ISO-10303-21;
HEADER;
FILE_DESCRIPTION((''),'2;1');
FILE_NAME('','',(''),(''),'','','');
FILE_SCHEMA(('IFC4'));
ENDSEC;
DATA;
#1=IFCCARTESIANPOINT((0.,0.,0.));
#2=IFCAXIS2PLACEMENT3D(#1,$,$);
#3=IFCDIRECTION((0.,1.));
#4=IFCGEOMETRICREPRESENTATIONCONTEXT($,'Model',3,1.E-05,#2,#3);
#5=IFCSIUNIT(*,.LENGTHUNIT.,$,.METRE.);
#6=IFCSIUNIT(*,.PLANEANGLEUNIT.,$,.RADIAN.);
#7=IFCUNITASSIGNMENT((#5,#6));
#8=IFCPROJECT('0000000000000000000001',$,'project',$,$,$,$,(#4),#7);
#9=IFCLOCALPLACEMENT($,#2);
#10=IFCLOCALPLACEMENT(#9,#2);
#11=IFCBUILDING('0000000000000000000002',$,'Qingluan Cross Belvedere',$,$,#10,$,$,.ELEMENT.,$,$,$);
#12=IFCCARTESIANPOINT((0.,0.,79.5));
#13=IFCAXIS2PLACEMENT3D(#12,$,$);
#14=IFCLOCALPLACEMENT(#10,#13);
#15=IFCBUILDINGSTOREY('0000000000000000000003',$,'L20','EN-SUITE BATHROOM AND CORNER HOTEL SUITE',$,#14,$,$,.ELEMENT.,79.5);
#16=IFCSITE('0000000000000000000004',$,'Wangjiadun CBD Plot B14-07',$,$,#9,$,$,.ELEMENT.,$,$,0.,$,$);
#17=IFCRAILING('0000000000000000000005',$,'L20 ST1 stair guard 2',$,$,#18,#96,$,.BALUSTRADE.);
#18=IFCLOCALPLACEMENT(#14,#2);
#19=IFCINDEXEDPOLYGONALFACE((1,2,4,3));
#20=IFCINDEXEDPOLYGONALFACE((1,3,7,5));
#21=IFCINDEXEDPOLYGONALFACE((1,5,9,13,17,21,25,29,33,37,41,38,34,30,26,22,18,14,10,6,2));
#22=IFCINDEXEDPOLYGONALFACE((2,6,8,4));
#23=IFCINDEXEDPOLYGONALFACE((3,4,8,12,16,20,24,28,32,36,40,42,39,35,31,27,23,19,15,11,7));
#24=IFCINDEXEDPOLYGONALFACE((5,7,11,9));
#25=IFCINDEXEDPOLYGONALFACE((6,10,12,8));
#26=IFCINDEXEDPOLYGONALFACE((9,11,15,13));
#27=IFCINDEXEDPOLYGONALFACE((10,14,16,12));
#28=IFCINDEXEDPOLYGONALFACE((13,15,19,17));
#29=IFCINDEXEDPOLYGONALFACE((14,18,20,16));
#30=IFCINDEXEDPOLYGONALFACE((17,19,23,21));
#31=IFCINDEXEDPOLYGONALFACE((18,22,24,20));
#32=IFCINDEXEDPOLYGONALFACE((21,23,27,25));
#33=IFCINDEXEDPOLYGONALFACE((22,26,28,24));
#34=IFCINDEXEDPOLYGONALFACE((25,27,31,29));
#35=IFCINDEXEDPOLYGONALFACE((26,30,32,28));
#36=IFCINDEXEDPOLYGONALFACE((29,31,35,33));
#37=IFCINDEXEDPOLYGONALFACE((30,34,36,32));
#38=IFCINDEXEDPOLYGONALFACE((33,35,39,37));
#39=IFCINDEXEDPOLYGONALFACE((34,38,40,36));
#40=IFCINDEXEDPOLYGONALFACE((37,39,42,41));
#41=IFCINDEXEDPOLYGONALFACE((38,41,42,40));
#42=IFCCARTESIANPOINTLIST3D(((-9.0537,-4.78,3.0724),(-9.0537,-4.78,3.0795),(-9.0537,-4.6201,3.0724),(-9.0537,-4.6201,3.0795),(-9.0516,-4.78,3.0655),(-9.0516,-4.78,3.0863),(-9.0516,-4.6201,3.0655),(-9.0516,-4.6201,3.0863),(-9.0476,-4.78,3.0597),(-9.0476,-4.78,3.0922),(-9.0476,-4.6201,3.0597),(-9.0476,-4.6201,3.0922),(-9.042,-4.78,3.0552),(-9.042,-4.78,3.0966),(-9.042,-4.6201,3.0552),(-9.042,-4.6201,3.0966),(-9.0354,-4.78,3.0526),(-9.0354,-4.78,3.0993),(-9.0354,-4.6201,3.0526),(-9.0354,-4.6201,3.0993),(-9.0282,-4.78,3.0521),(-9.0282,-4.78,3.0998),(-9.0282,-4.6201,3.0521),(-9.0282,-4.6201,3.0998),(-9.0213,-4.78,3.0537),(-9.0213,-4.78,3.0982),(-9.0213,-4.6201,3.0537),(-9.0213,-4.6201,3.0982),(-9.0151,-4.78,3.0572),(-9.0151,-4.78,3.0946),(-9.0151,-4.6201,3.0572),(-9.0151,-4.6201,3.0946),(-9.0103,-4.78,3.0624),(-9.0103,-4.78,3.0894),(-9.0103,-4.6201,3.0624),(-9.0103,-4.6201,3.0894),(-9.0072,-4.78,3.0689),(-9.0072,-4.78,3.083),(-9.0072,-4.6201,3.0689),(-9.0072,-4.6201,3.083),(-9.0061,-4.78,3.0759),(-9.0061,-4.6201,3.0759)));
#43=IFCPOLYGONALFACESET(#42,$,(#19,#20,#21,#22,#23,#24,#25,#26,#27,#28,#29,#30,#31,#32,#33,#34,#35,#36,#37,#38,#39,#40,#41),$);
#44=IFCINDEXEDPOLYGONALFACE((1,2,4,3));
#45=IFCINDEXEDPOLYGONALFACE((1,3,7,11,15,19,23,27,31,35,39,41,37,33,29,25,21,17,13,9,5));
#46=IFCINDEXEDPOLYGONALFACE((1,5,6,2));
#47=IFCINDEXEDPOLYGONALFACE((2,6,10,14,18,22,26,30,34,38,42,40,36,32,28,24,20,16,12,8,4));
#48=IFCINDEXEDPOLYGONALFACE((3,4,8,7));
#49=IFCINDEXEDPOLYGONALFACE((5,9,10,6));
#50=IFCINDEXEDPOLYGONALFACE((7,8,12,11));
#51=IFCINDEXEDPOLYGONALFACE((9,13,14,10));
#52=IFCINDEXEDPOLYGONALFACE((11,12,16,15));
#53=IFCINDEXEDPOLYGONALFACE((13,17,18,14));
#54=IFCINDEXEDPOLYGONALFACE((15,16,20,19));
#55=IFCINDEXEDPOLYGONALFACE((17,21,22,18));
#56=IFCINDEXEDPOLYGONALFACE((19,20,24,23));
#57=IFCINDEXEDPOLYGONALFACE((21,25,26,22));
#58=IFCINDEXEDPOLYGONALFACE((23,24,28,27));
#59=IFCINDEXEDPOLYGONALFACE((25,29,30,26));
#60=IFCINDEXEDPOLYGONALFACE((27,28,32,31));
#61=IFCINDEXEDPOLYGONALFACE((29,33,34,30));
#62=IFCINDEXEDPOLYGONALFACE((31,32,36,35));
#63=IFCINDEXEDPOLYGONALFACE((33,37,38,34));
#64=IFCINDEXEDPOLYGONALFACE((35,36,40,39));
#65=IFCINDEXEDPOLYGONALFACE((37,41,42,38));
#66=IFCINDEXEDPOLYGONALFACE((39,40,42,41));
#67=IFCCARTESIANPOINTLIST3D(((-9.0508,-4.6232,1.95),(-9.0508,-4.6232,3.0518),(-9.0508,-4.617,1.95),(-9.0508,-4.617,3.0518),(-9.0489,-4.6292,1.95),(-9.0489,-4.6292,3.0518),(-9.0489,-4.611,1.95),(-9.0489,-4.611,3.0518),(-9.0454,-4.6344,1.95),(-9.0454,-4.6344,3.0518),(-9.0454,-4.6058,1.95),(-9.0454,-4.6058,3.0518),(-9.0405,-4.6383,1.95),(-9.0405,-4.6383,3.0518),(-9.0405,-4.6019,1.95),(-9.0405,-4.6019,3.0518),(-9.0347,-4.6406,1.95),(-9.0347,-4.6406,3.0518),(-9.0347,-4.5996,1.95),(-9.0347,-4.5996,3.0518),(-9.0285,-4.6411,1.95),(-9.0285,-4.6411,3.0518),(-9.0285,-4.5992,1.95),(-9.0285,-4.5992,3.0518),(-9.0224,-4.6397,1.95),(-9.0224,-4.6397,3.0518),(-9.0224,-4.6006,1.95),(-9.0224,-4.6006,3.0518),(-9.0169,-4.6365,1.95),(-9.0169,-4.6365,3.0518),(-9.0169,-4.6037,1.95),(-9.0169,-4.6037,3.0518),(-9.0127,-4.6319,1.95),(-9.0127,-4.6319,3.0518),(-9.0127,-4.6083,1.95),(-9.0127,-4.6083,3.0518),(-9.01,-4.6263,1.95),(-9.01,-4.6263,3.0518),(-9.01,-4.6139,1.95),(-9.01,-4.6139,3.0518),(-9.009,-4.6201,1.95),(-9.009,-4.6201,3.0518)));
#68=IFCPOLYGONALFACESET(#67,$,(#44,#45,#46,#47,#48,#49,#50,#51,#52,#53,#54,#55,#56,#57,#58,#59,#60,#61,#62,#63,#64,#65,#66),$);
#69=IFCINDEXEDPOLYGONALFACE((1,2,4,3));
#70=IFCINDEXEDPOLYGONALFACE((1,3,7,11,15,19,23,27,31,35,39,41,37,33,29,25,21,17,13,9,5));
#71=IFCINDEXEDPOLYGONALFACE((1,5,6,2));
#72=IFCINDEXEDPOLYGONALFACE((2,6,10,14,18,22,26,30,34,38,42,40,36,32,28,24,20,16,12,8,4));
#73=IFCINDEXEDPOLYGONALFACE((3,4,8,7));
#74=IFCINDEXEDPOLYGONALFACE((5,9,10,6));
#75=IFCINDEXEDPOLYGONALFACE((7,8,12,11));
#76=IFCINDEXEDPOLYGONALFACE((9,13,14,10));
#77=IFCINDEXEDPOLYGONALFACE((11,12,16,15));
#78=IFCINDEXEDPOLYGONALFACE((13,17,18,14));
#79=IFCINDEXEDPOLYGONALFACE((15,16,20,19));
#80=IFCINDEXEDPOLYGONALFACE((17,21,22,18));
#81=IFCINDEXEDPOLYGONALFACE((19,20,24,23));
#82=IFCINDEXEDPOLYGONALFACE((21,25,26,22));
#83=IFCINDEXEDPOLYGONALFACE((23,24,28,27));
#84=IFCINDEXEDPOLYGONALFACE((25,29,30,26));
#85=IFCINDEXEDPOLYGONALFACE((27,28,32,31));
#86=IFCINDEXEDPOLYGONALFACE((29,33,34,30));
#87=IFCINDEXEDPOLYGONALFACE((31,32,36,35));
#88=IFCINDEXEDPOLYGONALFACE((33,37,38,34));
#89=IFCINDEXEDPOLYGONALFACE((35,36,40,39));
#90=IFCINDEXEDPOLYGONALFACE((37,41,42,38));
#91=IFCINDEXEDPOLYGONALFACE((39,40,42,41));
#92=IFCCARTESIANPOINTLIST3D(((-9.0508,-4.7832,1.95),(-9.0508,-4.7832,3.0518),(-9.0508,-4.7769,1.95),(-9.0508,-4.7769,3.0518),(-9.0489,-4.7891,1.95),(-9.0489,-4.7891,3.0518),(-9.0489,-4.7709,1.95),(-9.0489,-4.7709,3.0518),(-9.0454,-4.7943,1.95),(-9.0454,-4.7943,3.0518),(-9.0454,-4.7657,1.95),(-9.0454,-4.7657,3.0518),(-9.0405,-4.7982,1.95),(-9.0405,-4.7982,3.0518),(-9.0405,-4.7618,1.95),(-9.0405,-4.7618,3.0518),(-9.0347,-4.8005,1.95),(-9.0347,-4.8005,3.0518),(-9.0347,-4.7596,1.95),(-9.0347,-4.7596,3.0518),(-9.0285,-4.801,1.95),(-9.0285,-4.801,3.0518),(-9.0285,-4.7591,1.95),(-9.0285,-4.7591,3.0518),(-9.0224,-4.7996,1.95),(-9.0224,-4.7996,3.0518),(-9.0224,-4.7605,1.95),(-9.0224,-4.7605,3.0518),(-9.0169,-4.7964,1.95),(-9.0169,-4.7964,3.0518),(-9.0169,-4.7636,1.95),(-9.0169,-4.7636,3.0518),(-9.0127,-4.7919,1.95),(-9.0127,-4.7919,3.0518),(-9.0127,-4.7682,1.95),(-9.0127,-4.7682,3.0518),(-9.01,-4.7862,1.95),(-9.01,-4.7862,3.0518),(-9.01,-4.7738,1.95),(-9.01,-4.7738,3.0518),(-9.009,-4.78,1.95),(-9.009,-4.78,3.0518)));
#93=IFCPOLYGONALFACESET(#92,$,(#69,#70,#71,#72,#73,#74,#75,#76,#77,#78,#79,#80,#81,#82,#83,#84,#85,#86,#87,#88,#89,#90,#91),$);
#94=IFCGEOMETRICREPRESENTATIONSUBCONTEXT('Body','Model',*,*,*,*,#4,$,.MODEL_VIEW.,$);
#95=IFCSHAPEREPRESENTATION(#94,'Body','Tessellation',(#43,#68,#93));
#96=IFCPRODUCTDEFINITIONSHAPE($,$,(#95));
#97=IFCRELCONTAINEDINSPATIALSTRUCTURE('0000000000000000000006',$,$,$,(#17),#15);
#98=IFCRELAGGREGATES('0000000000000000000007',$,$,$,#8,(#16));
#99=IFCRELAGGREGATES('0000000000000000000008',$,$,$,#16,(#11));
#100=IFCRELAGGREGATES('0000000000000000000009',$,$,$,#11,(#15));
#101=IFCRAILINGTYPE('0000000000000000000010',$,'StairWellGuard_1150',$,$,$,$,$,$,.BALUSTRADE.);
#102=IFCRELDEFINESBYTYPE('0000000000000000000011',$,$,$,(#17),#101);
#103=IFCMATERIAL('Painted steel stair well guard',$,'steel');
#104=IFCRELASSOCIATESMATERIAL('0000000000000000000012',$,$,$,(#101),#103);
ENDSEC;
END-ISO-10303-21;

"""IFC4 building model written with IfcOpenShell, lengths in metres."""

from ifc_helpers import new_model, si_unit, direction, frame, origin, origin_2d, place, context, subcontext, project, spatial, circle, extrude, material, type_object, element, save


model = new_model("IFC4")

# Units and contexts
model_context = context("Model", 3, precision=1e-05, world=origin(), true_north=direction((0.0, 1.0)))
body_context = subcontext(model_context, "Body", "Model", "MODEL_VIEW")
ifc_project = project(units=[si_unit("LENGTHUNIT", "METRE"), si_unit("PLANEANGLEUNIT", "RADIAN")], contexts=[model_context])

# Site, building, storey
site_placement = place(None, origin())
site = spatial("IfcSite", under=ifc_project, at=site_placement, Name="Wangjiadun CBD Plot B14-07", CompositionType="ELEMENT", RefElevation=0.0)
building_placement = place(site_placement, origin())
building = spatial("IfcBuilding", under=site, at=building_placement, Name="Qingluan Cross Belvedere", CompositionType="ELEMENT")
storey_placement = place(building_placement, frame((0.0, 0.0, 79.5)))
storey = spatial("IfcBuildingStorey", under=building, at=storey_placement, Name="L20", Description="EN-SUITE BATHROOM AND CORNER HOTEL SUITE", CompositionType="ELEMENT", Elevation=79.5)

# Railing
ifc_material_1 = material(Name="Painted steel stair well guard", Category="steel")
railing_type_1 = type_object("IfcRailingType", Name="StairWellGuard_1150", PredefinedType="BALUSTRADE", material=ifc_material_1)
railing_1_placement = place(storey_placement, frame((-9.03, -4.6201, 1.95)))
element("IfcRailing", 1, at=railing_1_placement, inside=storey, type_object=railing_type_1, Name="L20 ST1 stair guard 2", PredefinedType="BALUSTRADE", context=body_context, shape_type="SweptSolid", body=[
    extrude(circle(Radius=0.0239, at=origin_2d()), frame((0.0, 0.0, 1.126), z_axis=(0.0, -1.0, 0.0), x_axis=(1.0, 0.0, 0.0)), (0.0, 0.0, 1.0), 0.1599),
    extrude(circle(Radius=0.021, at=origin_2d()), origin(), (0.0, 0.0, 1.0), 1.1018),
    extrude(circle(Radius=0.021, at=origin_2d()), frame((0.0, -0.1599, 0.0)), (0.0, 0.0, 1.0), 1.1018),
])

save(model, "model.ifc")
